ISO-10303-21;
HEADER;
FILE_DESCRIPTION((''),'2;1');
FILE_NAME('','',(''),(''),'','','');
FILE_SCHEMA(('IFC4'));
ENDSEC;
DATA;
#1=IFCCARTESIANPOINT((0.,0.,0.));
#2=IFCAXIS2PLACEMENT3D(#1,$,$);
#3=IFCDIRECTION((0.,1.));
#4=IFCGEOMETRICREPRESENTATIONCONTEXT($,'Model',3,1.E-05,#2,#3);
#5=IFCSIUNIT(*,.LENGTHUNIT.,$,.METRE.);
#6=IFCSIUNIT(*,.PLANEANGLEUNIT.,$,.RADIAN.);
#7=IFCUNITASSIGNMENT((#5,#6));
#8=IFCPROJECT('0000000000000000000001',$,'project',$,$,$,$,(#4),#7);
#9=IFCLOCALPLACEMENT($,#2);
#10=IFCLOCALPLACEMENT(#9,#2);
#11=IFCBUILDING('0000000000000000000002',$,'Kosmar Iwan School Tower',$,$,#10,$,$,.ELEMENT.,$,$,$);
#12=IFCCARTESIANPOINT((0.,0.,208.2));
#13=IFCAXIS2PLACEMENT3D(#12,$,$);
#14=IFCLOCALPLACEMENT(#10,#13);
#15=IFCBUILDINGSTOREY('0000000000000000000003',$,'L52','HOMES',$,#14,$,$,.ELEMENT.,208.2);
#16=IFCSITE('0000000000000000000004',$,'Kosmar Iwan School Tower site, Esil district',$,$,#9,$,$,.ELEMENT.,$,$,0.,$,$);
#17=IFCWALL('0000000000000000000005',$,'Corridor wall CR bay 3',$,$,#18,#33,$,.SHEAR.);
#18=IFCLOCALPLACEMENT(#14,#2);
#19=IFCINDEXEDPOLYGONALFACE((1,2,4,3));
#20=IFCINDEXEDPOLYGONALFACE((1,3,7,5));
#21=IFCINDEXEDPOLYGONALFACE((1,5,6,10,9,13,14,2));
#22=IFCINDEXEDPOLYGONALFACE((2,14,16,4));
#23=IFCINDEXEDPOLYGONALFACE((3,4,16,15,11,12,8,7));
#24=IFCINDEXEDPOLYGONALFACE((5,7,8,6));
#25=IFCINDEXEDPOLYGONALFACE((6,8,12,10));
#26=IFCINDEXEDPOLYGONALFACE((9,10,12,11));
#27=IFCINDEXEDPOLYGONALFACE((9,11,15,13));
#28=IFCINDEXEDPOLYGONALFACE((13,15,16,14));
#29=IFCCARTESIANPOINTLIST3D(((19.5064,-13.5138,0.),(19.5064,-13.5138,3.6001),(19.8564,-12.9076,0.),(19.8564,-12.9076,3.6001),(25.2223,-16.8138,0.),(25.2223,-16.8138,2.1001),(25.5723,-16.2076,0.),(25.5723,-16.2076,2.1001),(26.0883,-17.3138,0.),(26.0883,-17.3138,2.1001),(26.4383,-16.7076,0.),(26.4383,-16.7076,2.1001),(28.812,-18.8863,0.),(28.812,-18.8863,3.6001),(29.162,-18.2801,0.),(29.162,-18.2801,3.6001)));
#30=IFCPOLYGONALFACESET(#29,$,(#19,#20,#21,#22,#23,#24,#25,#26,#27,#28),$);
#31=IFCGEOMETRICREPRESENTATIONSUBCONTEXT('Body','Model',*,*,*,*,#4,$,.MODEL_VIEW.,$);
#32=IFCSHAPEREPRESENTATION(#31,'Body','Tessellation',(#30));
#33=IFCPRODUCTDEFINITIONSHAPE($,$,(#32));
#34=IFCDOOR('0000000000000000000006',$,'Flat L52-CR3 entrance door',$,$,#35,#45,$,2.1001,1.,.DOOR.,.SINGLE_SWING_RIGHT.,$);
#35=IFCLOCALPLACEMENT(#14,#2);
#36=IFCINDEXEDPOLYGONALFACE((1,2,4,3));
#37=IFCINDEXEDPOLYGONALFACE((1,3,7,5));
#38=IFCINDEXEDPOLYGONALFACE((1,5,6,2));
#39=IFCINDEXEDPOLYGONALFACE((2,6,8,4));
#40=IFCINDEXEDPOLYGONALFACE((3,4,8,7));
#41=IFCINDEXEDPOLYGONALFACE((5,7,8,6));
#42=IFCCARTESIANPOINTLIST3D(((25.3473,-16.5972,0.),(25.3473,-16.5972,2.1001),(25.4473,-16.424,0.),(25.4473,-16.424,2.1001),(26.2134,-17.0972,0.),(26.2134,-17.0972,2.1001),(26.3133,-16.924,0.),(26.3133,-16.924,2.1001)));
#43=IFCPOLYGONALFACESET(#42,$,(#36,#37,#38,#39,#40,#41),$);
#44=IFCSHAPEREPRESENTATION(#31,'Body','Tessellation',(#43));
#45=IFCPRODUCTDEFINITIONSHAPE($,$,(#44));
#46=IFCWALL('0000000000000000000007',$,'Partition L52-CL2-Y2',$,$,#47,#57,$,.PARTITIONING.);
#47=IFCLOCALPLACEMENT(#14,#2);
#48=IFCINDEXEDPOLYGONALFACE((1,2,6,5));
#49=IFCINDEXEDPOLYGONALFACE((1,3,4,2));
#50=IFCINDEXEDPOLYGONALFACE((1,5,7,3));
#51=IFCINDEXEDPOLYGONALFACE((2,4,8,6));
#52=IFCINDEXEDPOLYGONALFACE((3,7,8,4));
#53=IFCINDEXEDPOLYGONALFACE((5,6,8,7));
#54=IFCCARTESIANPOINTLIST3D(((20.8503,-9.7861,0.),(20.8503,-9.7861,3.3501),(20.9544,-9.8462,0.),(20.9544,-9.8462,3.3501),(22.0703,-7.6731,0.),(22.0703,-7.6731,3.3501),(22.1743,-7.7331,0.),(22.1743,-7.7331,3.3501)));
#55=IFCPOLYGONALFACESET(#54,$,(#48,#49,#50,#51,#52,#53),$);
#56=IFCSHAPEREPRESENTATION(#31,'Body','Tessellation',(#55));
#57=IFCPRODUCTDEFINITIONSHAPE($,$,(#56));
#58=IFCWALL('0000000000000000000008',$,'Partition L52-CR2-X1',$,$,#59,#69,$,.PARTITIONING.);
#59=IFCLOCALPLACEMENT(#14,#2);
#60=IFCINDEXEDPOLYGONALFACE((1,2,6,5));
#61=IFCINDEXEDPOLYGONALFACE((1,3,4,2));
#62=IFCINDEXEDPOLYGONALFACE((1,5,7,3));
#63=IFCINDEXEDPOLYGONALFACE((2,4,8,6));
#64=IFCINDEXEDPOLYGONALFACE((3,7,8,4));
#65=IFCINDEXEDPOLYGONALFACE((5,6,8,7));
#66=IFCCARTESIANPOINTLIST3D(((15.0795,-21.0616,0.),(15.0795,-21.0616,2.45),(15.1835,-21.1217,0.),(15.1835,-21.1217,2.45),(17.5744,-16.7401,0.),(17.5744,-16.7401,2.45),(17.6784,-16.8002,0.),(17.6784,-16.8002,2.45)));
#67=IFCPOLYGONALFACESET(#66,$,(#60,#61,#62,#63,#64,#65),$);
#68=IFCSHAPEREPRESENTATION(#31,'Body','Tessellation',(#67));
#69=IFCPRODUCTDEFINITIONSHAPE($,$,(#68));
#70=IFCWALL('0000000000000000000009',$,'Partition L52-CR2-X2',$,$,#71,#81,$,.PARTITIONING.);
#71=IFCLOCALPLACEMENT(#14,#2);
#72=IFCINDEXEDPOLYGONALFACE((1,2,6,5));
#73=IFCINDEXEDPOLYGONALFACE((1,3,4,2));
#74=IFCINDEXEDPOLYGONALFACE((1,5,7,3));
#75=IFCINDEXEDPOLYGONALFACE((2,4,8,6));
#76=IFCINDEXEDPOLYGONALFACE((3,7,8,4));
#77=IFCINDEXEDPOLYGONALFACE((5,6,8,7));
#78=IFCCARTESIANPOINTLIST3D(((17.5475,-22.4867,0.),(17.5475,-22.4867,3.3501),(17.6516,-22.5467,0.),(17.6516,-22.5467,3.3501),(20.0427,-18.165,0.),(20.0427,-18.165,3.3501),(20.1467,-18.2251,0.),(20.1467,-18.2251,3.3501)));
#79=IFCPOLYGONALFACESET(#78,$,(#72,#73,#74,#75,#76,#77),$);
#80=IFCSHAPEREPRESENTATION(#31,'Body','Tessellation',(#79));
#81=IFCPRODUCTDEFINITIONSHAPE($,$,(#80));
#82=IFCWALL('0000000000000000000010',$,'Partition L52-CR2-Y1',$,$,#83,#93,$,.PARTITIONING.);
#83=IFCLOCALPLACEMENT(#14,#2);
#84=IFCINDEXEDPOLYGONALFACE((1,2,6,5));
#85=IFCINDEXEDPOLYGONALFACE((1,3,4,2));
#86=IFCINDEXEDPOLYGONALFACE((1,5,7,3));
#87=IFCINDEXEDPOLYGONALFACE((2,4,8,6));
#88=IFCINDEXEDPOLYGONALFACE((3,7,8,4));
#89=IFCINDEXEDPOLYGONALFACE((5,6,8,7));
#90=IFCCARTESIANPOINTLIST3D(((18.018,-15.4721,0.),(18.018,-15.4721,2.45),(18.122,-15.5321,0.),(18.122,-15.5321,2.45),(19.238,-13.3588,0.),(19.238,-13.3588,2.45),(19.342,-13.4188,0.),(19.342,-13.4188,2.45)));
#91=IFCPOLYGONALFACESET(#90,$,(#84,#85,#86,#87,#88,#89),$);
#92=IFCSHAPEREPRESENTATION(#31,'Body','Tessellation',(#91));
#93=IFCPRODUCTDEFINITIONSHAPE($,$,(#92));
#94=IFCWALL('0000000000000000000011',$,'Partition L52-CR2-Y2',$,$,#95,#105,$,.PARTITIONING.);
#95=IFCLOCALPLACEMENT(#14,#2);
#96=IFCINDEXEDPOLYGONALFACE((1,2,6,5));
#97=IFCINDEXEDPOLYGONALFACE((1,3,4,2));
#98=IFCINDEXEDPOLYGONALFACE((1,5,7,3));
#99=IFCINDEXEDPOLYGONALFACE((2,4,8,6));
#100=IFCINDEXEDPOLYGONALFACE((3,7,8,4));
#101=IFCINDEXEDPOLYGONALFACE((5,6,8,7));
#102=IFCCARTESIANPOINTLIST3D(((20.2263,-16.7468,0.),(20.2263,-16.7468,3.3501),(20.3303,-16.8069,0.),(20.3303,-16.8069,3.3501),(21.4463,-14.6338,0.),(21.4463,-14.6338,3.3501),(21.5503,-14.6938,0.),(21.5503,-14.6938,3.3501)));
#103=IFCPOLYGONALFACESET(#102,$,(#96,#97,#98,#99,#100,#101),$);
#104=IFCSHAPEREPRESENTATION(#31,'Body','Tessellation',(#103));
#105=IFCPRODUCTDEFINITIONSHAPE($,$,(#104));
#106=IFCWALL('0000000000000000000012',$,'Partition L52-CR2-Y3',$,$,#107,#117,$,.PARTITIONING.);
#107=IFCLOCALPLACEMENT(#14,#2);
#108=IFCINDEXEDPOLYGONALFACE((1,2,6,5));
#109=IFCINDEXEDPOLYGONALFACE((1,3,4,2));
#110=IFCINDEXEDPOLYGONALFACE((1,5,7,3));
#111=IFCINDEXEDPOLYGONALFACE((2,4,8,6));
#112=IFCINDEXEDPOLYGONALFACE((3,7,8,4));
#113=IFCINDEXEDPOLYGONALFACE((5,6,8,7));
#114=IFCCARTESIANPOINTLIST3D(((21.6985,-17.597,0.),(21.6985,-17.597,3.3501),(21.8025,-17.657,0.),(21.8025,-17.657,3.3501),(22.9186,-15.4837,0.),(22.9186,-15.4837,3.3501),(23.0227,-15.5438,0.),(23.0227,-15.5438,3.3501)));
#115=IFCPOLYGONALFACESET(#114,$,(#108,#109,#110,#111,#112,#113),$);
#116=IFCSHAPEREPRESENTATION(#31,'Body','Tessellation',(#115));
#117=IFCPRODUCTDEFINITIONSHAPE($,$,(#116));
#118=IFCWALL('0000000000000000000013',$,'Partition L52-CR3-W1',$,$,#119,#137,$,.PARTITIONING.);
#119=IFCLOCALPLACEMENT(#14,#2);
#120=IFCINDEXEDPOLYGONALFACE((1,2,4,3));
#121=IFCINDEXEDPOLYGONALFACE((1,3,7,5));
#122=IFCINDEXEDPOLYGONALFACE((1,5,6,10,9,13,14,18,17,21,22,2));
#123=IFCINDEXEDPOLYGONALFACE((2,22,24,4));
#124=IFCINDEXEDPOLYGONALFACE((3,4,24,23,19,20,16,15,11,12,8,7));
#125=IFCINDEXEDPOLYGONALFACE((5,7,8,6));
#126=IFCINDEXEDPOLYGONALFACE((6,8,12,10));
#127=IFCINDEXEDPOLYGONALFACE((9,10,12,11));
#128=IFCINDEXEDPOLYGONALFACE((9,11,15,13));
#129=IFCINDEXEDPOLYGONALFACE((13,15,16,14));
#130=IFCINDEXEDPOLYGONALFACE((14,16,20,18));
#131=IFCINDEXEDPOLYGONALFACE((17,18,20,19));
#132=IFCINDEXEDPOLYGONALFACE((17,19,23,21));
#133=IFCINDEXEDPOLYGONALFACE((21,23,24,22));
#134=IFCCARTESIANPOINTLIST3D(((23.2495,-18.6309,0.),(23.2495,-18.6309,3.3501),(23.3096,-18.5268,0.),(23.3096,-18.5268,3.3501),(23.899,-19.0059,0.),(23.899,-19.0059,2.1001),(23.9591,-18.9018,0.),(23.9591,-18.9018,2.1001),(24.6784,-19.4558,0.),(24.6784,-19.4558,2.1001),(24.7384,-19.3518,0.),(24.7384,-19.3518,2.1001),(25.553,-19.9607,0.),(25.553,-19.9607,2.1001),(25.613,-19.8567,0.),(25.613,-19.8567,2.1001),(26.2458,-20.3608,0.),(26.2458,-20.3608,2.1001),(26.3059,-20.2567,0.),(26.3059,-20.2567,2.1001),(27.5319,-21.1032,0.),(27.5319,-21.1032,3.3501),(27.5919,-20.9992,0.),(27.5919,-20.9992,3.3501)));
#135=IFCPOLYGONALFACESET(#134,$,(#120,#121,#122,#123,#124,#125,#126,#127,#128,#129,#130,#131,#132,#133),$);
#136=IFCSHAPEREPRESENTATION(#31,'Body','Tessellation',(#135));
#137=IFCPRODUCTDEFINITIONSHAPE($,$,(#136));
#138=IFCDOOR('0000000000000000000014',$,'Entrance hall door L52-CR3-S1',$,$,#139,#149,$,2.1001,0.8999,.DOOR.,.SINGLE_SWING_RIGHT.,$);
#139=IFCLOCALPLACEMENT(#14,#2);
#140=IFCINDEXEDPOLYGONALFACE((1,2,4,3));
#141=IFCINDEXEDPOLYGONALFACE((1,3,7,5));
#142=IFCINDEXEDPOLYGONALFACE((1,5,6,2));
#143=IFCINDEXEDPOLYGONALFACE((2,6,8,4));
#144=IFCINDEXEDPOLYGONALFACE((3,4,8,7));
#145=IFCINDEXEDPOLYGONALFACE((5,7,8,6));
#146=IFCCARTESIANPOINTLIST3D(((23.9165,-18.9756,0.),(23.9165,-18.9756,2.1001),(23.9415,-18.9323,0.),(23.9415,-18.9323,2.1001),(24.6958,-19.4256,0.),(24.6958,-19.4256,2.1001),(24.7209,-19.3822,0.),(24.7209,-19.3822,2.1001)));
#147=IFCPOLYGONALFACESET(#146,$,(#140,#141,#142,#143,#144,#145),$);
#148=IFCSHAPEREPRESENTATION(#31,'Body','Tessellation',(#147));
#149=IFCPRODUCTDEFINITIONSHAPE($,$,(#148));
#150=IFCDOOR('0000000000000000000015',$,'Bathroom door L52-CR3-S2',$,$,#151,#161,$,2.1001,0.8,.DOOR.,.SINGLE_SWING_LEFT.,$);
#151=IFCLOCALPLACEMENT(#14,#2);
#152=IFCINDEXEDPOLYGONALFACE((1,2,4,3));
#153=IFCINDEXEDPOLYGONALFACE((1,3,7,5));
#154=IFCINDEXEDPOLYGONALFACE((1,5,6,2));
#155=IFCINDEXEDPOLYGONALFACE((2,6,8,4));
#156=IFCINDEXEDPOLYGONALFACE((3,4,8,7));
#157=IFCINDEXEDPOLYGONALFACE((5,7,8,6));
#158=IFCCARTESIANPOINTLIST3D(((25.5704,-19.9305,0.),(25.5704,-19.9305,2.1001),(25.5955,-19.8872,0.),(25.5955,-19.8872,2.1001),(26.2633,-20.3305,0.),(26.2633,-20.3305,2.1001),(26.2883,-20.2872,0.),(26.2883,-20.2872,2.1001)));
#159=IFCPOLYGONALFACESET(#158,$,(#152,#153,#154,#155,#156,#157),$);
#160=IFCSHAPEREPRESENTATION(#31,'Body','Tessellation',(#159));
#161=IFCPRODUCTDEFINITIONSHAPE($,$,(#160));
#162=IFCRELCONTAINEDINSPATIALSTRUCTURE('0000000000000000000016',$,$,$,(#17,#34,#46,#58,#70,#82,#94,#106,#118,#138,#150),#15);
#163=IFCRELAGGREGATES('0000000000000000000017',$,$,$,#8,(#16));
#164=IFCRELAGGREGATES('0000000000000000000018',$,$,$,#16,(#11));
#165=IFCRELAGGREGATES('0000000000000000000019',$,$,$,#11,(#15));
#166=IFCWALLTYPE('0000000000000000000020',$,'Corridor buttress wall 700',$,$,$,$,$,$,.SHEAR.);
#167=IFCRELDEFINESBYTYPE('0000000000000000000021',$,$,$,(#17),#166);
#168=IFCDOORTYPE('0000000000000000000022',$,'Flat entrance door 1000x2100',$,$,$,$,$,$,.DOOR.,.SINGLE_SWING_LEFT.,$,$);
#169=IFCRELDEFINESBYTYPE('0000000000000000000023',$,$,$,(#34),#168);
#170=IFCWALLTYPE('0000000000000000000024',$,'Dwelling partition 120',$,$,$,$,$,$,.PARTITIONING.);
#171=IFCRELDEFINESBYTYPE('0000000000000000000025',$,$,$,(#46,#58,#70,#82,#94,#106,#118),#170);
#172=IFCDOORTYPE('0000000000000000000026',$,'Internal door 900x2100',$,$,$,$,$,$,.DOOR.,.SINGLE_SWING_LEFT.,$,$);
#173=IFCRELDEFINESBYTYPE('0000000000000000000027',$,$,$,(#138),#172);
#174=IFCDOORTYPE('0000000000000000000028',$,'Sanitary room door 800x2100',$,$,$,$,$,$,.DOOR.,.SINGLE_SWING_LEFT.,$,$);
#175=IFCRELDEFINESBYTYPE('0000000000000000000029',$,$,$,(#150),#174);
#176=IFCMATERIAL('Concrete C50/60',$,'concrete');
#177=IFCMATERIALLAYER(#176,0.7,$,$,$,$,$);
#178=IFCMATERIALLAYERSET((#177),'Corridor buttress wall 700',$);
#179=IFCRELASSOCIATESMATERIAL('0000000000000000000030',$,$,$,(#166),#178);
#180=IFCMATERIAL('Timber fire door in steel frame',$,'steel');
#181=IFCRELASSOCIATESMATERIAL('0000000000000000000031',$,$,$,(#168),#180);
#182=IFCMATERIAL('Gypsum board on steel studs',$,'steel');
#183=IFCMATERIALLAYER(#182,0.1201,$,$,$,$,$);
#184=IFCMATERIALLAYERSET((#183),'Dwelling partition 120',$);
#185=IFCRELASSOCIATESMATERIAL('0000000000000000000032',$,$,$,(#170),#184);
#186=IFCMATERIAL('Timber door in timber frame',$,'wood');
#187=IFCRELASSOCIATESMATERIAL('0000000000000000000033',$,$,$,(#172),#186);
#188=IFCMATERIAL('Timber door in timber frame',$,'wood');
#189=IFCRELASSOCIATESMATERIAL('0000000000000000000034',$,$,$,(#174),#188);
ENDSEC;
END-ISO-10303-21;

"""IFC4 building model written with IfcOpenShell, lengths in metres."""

from ifc_helpers import new_model, si_unit, direction, frame, frame_2d, origin, place, context, subcontext, project, spatial, rectangle, extrude, material, layer, layer_set, type_object, element, fill, save


model = new_model("IFC4")

# Units and contexts
model_context = context("Model", 3, precision=1e-05, world=origin(), true_north=direction((0.0, 1.0)))
body_context = subcontext(model_context, "Body", "Model", "MODEL_VIEW")
ifc_project = project(units=[si_unit("LENGTHUNIT", "METRE"), si_unit("PLANEANGLEUNIT", "RADIAN")], contexts=[model_context])

# Site, building, storey
site_placement = place(None, origin())
site = spatial("IfcSite", under=ifc_project, at=site_placement, Name="Kosmar Iwan School Tower site, Esil district", CompositionType="ELEMENT", RefElevation=0.0)
building_placement = place(site_placement, origin())
building = spatial("IfcBuilding", under=site, at=building_placement, Name="Kosmar Iwan School Tower", CompositionType="ELEMENT")
storey_placement = place(building_placement, frame((0.0, 0.0, 208.2)))
storey = spatial("IfcBuildingStorey", under=building, at=storey_placement, Name="L52", Description="HOMES", CompositionType="ELEMENT", Elevation=208.2)

# Shared definitions
ifc_material_1 = material(Name="Concrete C50/60", Category="concrete")
ifc_layer_1 = layer(ifc_material_1, 0.7)
ifc_layer_set_1 = layer_set([ifc_layer_1], Name="Corridor buttress wall 700")
wall_type_1 = type_object("IfcWallType", Name="Corridor buttress wall 700", PredefinedType="SHEAR", material=ifc_layer_set_1)
ifc_material_2 = material(Name="Timber fire door in steel frame", Category="steel")
door_type_1 = type_object("IfcDoorType", Name="Flat entrance door 1000x2100", OperationType="SINGLE_SWING_LEFT", PredefinedType="DOOR", material=ifc_material_2)

# Wall, opening, door
wall_1_placement = place(storey_placement, frame((19.6814, -13.2107, 0.0), z_axis=(0.0, 0.0, 1.0), x_axis=(0.866028, -0.499995, 0.0)))
wall_1 = element("IfcWall", 1, at=wall_1_placement, inside=storey, type_object=wall_type_1, Name="Corridor wall CR bay 3", PredefinedType="SHEAR", context=body_context, shape_type="SweptSolid", body=[
    extrude(rectangle(XDim=10.7451, YDim=0.7, at=frame_2d((5.3726, 0.0))), origin(), (0.0, 0.0, 1.0), 3.6001),
])
opening_1_placement = place(wall_1_placement, frame((6.6001, 0.0, 0.0)))
opening_1 = element("IfcOpeningElement", 2, at=opening_1_placement, cuts=wall_1, PredefinedType="OPENING", context=body_context, shape_type="SweptSolid", body=[
    extrude(rectangle(XDim=1.0, YDim=2.1001, at=frame_2d((0.5, 1.05))), frame((0.0, 0.3621, 0.0), z_axis=(0.0, -1.0, 0.0), x_axis=(1.0, 0.0, 0.0)), (0.0, 0.0, 1.0), 0.7239),
])
door_1_placement = place(opening_1_placement, origin())
door_1 = element("IfcDoor", 3, at=door_1_placement, inside=storey, type_object=door_type_1, Name="Flat L52-CR3 entrance door", OperationType="SINGLE_SWING_RIGHT", OverallHeight=2.1001, OverallWidth=1.0, PredefinedType="DOOR", context=body_context, shape_type="SweptSolid", body=[
    extrude(rectangle(XDim=1.0, YDim=2.1001, at=frame_2d((0.5, 1.05))), frame((0.0, 0.1001, 0.0), z_axis=(0.0, -1.0, 0.0), x_axis=(1.0, 0.0, 0.0)), (0.0, 0.0, 1.0), 0.2),
])
fill(opening_1, door_1)

# Walls
ifc_material_3 = material(Name="Gypsum board on steel studs", Category="steel")
ifc_layer_2 = layer(ifc_material_3, 0.1201)
ifc_layer_set_2 = layer_set([ifc_layer_2], Name="Dwelling partition 120")
wall_type_2 = type_object("IfcWallType", Name="Dwelling partition 120", PredefinedType="PARTITIONING", material=ifc_layer_set_2)
wall_2_placement = place(storey_placement, frame((20.9023, -9.8162, 0.0), z_axis=(0.0, 0.0, 1.0), x_axis=(0.500003, 0.866024, 0.0)))
element("IfcWall", 4, at=wall_2_placement, inside=storey, type_object=wall_type_2, Name="Partition L52-CL2-Y2", PredefinedType="PARTITIONING", context=body_context, shape_type="SweptSolid", body=[
    extrude(rectangle(XDim=2.4399, YDim=0.1201, at=frame_2d((1.22, 0.0))), origin(), (0.0, 0.0, 1.0), 3.3501),
])
wall_3_placement = place(storey_placement, frame((17.6265, -16.77, 0.0), z_axis=(0.0, 0.0, 1.0), x_axis=(-0.499975, -0.86604, 0.0)))
element("IfcWall", 5, at=wall_3_placement, inside=storey, type_object=wall_type_2, Name="Partition L52-CR2-X1", PredefinedType="PARTITIONING", context=body_context, shape_type="SweptSolid", body=[
    extrude(rectangle(XDim=4.99, YDim=0.1201, at=frame_2d((2.4951, 0.0))), origin(), (0.0, 0.0, 1.0), 2.45),
])
wall_4_placement = place(storey_placement, frame((20.0947, -18.1951, 0.0), z_axis=(0.0, 0.0, 1.0), x_axis=(-0.500012, -0.866019, 0.0)))
element("IfcWall", 6, at=wall_4_placement, inside=storey, type_object=wall_type_2, Name="Partition L52-CR2-X2", PredefinedType="PARTITIONING", context=body_context, shape_type="SweptSolid", body=[
    extrude(rectangle(XDim=4.9902, YDim=0.1201, at=frame_2d((2.4951, 0.0))), origin(), (0.0, 0.0, 1.0), 3.3501),
])
wall_5_placement = place(storey_placement, frame((19.29, -13.3887, 0.0), z_axis=(0.0, 0.0, 1.0), x_axis=(-0.499959, -0.866049, 0.0)))
element("IfcWall", 7, at=wall_5_placement, inside=storey, type_object=wall_type_2, Name="Partition L52-CR2-Y1", PredefinedType="PARTITIONING", context=body_context, shape_type="SweptSolid", body=[
    extrude(rectangle(XDim=2.4402, YDim=0.1201, at=frame_2d((1.2202, 0.0))), origin(), (0.0, 0.0, 1.0), 2.45),
])
wall_6_placement = place(storey_placement, frame((21.4983, -14.6638, 0.0), z_axis=(0.0, 0.0, 1.0), x_axis=(-0.500003, -0.866024, 0.0)))
element("IfcWall", 8, at=wall_6_placement, inside=storey, type_object=wall_type_2, Name="Partition L52-CR2-Y2", PredefinedType="PARTITIONING", context=body_context, shape_type="SweptSolid", body=[
    extrude(rectangle(XDim=2.4399, YDim=0.1201, at=frame_2d((1.22, 0.0))), origin(), (0.0, 0.0, 1.0), 3.3501),
])
wall_7_placement = place(storey_placement, frame((22.9707, -15.5137, 0.0), z_axis=(0.0, 0.0, 1.0), x_axis=(-0.500034, -0.866006, 0.0)))
element("IfcWall", 9, at=wall_7_placement, inside=storey, type_object=wall_type_2, Name="Partition L52-CR2-Y3", PredefinedType="PARTITIONING", context=body_context, shape_type="SweptSolid", body=[
    extrude(rectangle(XDim=2.4402, YDim=0.1201, at=frame_2d((1.2202, 0.0))), origin(), (0.0, 0.0, 1.0), 3.3501),
])

# Wall, openings, doors
wall_8_placement = place(storey_placement, frame((23.2795, -18.5789, 0.0), z_axis=(0.0, 0.0, 1.0), x_axis=(0.866032, -0.499989, 0.0)))
wall_8 = element("IfcWall", 10, at=wall_8_placement, inside=storey, type_object=wall_type_2, Name="Partition L52-CR3-W1", PredefinedType="PARTITIONING", context=body_context, shape_type="SweptSolid", body=[
    extrude(rectangle(XDim=4.9448, YDim=0.1201, at=frame_2d((2.4724, 0.0))), origin(), (0.0, 0.0, 1.0), 3.3501),
])
opening_2_placement = place(wall_8_placement, frame((0.75, 0.0, 0.0)))
opening_2 = element("IfcOpeningElement", 11, at=opening_2_placement, cuts=wall_8, PredefinedType="OPENING", context=body_context, shape_type="SweptSolid", body=[
    extrude(rectangle(XDim=0.8999, YDim=2.1001, at=frame_2d((0.45, 1.05))), frame((0.0, 0.072, 0.0), z_axis=(0.0, -1.0, 0.0), x_axis=(1.0, 0.0, 0.0)), (0.0, 0.0, 1.0), 0.144),
])
opening_3_placement = place(wall_8_placement, frame((2.6599, 0.0, 0.0)))
opening_3 = element("IfcOpeningElement", 12, at=opening_3_placement, cuts=wall_8, PredefinedType="OPENING", context=body_context, shape_type="SweptSolid", body=[
    extrude(rectangle(XDim=0.8, YDim=2.1001, at=frame_2d((0.3999, 1.05))), frame((0.0, 0.072, 0.0), z_axis=(0.0, -1.0, 0.0), x_axis=(1.0, 0.0, 0.0)), (0.0, 0.0, 1.0), 0.144),
])
ifc_material_4 = material(Name="Timber door in timber frame", Category="wood")
door_type_2 = type_object("IfcDoorType", Name="Internal door 900x2100", OperationType="SINGLE_SWING_LEFT", PredefinedType="DOOR", material=ifc_material_4)
door_2_placement = place(opening_2_placement, origin())
door_2 = element("IfcDoor", 13, at=door_2_placement, inside=storey, type_object=door_type_2, Name="Entrance hall door L52-CR3-S1", OperationType="SINGLE_SWING_RIGHT", OverallHeight=2.1001, OverallWidth=0.8999, PredefinedType="DOOR", context=body_context, shape_type="SweptSolid", body=[
    extrude(rectangle(XDim=0.8999, YDim=2.1001, at=frame_2d((0.45, 1.05))), frame((0.0, 0.0249, 0.0), z_axis=(0.0, -1.0, 0.0), x_axis=(1.0, 0.0, 0.0)), (0.0, 0.0, 1.0), 0.05),
])
fill(opening_2, door_2)
ifc_material_5 = material(Name="Timber door in timber frame", Category="wood")
door_type_3 = type_object("IfcDoorType", Name="Sanitary room door 800x2100", OperationType="SINGLE_SWING_LEFT", PredefinedType="DOOR", material=ifc_material_5)
door_3_placement = place(opening_3_placement, origin())
door_3 = element("IfcDoor", 14, at=door_3_placement, inside=storey, type_object=door_type_3, Name="Bathroom door L52-CR3-S2", OperationType="SINGLE_SWING_LEFT", OverallHeight=2.1001, OverallWidth=0.8, PredefinedType="DOOR", context=body_context, shape_type="SweptSolid", body=[
    extrude(rectangle(XDim=0.8, YDim=2.1001, at=frame_2d((0.3999, 1.05))), frame((0.0, 0.0249, 0.0), z_axis=(0.0, -1.0, 0.0), x_axis=(1.0, 0.0, 0.0)), (0.0, 0.0, 1.0), 0.05),
])
fill(opening_3, door_3)

save(model, "model.ifc")
